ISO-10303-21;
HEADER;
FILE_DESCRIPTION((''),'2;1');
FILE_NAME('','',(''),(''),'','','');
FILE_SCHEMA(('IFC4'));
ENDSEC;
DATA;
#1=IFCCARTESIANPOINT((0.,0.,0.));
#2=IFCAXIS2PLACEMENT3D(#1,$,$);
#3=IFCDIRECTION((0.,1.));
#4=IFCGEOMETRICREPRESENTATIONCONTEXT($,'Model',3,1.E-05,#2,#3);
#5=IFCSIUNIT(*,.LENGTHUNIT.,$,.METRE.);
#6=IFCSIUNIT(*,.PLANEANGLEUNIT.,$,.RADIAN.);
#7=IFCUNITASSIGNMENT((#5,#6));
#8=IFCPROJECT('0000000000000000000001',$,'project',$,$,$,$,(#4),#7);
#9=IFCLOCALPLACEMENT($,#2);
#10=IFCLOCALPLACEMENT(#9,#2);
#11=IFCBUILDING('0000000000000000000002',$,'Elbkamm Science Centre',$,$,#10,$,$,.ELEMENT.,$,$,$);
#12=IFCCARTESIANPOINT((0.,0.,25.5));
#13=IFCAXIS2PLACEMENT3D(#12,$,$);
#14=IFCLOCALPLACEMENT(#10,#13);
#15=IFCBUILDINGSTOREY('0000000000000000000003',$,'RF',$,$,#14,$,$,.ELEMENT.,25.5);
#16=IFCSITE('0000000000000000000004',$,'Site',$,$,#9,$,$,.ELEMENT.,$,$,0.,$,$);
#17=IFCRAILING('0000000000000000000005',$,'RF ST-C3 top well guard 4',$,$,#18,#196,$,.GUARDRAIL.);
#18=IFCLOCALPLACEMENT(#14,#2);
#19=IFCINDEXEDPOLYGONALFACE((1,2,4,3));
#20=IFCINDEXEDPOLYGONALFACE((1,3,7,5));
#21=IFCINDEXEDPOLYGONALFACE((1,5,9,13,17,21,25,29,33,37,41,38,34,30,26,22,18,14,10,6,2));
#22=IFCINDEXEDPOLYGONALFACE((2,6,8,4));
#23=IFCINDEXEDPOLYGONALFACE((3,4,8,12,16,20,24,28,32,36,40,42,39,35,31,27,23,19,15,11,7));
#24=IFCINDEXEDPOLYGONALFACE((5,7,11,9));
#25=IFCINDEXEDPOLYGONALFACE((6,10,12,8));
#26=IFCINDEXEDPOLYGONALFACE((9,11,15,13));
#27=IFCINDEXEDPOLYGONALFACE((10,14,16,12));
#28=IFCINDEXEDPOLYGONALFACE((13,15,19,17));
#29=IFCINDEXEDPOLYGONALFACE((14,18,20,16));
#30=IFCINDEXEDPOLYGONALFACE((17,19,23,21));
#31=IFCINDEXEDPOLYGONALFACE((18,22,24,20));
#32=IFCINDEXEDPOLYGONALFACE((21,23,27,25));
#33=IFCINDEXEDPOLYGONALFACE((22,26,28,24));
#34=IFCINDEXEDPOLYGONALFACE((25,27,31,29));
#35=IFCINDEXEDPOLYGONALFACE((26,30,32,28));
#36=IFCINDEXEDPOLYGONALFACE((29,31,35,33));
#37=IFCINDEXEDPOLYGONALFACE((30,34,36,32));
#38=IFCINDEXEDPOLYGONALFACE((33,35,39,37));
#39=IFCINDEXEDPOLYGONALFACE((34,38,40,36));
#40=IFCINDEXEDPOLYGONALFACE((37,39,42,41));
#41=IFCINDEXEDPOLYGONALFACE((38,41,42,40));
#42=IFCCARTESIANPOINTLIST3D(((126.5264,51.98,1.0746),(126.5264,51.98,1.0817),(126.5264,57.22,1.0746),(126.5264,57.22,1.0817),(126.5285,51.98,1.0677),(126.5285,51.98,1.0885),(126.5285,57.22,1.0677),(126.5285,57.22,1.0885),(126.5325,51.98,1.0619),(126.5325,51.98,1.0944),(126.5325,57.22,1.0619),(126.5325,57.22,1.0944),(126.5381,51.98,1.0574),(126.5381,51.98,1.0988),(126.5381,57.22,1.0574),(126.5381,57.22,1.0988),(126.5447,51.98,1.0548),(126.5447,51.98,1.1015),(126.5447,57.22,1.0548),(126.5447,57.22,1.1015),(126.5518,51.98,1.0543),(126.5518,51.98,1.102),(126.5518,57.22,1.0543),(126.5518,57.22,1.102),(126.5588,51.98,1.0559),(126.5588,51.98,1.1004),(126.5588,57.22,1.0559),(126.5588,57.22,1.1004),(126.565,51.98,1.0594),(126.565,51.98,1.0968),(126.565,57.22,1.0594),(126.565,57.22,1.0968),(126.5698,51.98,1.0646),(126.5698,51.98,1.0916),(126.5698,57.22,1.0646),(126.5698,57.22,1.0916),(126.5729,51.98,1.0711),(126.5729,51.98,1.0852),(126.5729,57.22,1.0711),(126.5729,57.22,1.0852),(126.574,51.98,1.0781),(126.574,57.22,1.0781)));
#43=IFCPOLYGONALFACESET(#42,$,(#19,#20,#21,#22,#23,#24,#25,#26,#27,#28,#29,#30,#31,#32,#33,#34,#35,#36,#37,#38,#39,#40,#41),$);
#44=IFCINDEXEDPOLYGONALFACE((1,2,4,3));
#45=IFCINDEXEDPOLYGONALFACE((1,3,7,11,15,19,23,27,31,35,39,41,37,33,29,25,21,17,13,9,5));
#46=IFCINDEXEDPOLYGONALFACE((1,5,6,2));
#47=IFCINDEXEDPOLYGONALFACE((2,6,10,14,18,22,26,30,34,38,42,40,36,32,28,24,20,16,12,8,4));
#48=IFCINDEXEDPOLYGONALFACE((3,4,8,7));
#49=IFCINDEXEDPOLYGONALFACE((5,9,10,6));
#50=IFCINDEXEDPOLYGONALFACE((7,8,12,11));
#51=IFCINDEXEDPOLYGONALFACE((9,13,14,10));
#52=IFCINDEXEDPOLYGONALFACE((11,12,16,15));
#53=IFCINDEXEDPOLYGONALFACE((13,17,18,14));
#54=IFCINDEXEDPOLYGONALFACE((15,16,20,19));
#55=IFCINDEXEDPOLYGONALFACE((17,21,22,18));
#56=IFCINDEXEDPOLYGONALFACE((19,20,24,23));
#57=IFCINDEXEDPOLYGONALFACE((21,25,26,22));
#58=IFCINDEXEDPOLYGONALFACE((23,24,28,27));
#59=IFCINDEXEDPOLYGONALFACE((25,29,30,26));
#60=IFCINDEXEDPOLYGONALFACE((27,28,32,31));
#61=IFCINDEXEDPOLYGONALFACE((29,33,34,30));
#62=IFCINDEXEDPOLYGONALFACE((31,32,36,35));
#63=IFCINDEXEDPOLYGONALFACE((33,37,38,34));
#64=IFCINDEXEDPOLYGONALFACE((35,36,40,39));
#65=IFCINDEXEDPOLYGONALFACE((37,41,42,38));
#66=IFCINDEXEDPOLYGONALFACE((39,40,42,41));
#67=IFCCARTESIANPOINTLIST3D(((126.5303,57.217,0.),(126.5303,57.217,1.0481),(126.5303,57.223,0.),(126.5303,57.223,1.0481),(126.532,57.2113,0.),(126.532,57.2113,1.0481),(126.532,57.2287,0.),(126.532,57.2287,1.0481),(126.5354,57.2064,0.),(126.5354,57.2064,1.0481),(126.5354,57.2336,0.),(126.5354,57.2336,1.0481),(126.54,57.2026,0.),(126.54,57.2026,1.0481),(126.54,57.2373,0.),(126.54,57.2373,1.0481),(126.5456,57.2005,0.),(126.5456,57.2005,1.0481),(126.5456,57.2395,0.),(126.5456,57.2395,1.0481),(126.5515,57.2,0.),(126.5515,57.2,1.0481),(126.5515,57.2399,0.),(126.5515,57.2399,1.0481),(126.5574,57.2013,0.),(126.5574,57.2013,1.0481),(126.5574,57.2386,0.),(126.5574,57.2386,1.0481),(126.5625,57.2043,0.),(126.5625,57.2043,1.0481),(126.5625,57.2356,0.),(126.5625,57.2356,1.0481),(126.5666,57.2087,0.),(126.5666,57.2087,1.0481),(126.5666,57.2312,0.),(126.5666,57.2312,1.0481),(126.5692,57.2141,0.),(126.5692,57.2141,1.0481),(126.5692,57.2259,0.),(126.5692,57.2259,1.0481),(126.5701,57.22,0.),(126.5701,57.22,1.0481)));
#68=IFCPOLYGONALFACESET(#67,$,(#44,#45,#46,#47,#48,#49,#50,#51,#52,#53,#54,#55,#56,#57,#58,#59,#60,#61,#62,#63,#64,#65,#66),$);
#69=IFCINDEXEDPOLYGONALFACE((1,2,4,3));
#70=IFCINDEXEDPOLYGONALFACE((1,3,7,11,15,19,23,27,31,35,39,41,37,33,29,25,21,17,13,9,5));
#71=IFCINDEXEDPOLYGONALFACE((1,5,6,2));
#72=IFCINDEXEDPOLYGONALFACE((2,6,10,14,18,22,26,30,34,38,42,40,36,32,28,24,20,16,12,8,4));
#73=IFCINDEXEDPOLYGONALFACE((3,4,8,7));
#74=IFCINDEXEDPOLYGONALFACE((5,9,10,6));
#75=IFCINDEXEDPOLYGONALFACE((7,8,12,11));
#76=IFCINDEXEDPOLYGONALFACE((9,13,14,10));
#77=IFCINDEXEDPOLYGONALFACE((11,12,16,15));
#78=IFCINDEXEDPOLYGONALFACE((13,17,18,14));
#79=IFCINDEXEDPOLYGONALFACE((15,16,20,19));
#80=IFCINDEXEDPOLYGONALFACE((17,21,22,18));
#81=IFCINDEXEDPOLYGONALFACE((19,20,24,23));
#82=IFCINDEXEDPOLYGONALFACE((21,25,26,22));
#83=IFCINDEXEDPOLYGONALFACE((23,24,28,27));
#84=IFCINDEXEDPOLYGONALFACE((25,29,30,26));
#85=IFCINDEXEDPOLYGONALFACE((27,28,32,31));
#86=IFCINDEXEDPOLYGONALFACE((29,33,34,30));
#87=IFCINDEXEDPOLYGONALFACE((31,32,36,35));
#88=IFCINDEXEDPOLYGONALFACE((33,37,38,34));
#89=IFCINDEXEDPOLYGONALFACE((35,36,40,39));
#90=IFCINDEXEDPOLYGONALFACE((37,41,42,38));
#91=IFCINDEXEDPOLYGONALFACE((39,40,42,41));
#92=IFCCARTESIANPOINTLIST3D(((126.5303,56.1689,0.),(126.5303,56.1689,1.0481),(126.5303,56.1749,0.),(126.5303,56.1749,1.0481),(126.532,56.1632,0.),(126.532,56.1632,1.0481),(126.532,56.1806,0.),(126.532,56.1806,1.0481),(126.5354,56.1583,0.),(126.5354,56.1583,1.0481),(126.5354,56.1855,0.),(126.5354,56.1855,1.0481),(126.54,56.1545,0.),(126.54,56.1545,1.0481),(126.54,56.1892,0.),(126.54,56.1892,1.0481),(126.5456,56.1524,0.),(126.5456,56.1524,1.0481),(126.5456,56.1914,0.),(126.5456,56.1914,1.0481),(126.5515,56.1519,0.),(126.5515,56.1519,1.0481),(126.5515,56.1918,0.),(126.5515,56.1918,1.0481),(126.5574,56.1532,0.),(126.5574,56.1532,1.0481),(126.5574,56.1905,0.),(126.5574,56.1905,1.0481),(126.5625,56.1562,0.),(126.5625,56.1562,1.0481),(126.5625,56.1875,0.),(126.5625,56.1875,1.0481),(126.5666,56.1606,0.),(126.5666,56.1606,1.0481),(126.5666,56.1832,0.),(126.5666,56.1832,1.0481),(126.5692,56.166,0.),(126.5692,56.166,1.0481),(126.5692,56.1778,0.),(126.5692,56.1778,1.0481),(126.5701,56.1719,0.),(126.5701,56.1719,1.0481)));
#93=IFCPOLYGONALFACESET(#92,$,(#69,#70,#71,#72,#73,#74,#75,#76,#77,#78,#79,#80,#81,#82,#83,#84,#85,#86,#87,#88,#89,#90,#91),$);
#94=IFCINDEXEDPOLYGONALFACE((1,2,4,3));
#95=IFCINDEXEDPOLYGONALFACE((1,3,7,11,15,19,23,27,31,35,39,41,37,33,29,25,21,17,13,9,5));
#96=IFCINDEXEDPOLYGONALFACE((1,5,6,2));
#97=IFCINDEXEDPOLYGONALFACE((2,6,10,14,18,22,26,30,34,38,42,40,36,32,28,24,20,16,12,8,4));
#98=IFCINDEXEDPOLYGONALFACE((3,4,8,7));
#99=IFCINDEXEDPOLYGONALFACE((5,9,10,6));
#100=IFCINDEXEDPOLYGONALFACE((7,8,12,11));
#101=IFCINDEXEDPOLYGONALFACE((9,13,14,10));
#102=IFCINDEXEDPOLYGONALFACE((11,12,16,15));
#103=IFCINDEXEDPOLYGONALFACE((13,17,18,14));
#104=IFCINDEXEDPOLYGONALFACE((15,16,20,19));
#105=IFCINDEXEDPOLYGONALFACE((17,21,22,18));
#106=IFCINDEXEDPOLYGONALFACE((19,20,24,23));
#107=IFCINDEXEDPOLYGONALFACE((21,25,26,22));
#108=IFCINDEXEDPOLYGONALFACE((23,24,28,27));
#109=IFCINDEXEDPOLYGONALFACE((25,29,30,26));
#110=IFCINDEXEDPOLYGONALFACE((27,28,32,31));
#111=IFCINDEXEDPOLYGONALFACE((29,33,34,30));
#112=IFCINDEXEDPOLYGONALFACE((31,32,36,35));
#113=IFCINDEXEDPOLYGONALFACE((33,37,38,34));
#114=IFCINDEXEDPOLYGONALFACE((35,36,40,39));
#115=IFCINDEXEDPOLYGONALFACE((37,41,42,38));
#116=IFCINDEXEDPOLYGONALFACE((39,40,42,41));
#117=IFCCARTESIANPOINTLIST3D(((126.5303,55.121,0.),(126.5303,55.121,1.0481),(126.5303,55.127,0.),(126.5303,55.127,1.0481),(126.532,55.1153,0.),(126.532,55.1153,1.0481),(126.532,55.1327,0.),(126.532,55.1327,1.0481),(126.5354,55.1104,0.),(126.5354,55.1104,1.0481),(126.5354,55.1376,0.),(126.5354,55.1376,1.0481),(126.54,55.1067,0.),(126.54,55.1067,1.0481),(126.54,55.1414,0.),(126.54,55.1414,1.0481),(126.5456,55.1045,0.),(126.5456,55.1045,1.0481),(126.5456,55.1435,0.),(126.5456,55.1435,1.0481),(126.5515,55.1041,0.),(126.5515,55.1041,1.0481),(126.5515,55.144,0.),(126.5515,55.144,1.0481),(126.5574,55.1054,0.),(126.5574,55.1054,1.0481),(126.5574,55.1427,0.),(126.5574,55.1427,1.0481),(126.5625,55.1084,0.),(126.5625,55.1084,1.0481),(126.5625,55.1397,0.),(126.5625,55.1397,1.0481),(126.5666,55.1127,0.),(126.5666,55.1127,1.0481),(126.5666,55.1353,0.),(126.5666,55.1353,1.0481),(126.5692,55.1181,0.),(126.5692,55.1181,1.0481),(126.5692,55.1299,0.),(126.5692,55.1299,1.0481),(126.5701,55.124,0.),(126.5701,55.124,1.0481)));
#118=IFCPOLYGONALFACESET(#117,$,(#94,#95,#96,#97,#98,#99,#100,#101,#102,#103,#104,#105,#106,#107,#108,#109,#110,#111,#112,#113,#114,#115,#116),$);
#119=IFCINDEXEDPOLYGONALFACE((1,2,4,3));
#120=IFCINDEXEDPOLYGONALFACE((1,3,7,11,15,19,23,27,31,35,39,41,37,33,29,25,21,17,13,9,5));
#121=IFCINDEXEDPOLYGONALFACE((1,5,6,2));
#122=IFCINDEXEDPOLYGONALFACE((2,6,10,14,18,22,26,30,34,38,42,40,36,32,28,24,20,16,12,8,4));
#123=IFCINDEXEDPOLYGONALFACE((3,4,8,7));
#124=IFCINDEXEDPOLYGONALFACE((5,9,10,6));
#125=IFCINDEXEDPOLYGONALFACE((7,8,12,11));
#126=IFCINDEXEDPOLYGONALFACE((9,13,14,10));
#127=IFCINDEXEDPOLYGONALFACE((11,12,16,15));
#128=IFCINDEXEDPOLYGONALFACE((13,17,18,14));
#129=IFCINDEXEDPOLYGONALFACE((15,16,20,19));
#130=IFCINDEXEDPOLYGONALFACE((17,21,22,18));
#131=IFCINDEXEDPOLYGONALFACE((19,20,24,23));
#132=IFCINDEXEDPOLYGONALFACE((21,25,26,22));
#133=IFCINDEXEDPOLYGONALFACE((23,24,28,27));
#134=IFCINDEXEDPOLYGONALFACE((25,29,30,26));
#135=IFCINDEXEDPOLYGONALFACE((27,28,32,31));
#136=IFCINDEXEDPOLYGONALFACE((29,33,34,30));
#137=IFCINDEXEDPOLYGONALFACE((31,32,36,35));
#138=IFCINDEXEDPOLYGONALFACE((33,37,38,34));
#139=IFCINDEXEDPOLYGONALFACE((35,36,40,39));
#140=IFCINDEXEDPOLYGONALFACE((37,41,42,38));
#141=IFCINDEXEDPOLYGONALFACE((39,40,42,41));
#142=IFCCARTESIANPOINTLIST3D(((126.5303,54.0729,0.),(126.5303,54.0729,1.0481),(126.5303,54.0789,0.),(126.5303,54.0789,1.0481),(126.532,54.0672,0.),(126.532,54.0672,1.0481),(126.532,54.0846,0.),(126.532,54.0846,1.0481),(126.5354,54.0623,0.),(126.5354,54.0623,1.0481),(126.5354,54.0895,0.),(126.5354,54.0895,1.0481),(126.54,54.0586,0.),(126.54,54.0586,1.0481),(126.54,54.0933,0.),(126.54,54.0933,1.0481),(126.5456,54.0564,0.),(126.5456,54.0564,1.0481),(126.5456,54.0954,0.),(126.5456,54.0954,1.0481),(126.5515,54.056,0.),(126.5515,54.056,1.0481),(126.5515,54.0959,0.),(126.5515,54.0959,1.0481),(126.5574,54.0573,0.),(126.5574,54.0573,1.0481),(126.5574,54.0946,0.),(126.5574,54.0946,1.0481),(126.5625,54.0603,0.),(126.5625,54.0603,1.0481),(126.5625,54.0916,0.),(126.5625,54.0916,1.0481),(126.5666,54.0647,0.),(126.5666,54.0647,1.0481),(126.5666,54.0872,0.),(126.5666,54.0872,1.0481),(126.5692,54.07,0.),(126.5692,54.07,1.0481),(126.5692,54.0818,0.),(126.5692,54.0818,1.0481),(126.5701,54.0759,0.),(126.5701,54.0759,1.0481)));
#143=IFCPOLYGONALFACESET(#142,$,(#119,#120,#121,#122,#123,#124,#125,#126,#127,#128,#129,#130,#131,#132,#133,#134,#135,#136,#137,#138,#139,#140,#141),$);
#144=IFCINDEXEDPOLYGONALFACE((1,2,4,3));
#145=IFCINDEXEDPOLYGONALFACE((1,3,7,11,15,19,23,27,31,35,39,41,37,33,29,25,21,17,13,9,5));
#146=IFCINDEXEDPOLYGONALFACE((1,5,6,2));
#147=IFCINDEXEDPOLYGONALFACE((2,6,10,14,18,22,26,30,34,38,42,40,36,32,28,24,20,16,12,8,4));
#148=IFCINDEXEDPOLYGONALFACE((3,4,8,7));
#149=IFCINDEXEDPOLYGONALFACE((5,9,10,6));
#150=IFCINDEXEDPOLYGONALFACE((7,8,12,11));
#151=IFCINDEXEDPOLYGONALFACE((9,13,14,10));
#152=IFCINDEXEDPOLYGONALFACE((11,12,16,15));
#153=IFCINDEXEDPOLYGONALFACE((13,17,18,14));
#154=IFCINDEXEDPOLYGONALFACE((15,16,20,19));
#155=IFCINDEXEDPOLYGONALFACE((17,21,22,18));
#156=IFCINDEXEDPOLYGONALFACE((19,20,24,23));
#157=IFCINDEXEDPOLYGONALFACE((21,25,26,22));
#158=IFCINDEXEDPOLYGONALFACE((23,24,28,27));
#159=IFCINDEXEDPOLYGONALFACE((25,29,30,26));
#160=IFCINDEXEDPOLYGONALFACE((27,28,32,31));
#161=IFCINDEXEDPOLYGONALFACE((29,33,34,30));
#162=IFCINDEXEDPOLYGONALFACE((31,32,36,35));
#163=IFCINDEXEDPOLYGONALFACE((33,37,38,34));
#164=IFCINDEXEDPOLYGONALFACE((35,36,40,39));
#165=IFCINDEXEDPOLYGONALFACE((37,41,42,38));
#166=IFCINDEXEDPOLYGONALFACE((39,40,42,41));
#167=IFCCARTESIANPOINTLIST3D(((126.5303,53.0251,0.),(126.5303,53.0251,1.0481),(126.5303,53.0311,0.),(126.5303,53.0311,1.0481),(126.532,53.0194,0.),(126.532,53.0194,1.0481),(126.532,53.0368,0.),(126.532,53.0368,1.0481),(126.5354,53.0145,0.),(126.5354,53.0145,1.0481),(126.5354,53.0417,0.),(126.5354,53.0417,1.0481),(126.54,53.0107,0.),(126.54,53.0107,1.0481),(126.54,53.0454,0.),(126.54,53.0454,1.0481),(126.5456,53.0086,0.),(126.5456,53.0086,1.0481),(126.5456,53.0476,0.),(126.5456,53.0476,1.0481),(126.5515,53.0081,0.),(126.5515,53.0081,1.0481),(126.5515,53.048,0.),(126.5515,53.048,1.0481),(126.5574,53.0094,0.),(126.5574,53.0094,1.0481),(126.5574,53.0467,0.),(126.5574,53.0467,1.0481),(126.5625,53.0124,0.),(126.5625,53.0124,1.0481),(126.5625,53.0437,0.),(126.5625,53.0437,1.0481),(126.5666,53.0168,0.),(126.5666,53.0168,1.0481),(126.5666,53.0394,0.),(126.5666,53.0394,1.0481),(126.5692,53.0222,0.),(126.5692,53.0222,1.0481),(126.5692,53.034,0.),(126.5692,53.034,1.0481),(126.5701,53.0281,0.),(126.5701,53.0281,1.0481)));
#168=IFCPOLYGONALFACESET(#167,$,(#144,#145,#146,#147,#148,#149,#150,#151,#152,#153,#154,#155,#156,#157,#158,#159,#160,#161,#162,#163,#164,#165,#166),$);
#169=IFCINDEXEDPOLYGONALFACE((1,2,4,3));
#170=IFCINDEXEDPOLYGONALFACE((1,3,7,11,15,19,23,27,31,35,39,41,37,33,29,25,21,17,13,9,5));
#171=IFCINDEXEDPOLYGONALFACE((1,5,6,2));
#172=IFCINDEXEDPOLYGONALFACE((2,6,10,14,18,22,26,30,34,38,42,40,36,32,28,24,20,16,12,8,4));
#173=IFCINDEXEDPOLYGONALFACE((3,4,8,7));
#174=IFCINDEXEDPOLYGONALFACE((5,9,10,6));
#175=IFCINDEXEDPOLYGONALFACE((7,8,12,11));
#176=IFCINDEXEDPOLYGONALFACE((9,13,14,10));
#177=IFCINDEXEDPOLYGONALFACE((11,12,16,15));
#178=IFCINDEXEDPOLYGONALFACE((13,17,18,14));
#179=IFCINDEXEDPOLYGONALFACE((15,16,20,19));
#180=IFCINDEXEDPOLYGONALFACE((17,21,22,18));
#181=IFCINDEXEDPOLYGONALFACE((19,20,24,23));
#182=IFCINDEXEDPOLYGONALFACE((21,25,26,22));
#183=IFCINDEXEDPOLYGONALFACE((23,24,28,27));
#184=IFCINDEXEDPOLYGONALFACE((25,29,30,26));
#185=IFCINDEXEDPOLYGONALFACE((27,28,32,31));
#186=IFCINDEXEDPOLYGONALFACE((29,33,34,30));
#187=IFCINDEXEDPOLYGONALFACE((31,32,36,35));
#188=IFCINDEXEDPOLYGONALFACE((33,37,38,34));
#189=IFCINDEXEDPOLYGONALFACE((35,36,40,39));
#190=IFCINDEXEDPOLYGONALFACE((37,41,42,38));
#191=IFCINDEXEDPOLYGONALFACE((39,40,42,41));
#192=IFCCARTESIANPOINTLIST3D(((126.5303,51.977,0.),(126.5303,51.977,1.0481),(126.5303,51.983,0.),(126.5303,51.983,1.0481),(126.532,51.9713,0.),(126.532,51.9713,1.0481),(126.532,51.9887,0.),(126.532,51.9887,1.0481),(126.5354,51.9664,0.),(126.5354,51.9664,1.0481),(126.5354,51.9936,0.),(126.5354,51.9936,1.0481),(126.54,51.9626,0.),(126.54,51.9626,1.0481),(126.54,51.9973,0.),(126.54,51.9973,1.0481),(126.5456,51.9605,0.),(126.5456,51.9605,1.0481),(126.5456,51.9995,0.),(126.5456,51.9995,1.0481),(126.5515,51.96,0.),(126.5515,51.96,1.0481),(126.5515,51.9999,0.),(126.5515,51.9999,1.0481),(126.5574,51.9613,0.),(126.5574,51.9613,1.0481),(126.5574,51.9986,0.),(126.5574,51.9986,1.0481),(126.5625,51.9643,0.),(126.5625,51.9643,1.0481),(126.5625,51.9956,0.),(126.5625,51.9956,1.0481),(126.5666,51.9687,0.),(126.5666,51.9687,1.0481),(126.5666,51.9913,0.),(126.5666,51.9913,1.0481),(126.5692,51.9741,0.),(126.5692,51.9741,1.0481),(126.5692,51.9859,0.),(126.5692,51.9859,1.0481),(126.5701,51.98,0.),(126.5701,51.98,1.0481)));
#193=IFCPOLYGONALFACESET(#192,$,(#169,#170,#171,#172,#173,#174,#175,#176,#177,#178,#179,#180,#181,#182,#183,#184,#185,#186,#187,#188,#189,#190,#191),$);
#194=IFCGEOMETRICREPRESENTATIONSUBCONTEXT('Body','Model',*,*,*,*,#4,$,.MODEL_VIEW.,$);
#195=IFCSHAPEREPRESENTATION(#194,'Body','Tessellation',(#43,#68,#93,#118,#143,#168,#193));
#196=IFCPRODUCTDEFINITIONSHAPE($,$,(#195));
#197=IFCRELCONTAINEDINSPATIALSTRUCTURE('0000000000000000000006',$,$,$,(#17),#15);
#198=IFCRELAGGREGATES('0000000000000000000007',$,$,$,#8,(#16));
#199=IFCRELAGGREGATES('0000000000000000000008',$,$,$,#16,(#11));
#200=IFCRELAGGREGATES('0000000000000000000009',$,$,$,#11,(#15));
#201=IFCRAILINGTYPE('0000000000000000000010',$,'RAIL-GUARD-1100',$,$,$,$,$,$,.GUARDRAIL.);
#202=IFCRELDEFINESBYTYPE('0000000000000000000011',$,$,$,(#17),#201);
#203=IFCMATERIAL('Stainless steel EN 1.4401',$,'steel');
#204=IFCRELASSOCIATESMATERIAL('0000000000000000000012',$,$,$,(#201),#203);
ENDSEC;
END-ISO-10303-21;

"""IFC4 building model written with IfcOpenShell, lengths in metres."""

from ifc_helpers import new_model, si_unit, direction, frame, origin, origin_2d, place, context, subcontext, project, spatial, circle, extrude, material, type_object, element, save


model = new_model("IFC4")

# Units and contexts
model_context = context("Model", 3, precision=1e-05, world=origin(), true_north=direction((0.0, 1.0)))
body_context = subcontext(model_context, "Body", "Model", "MODEL_VIEW")
ifc_project = project(units=[si_unit("LENGTHUNIT", "METRE"), si_unit("PLANEANGLEUNIT", "RADIAN")], contexts=[model_context])

# Site, building, storey
site_placement = place(None, origin())
site = spatial("IfcSite", under=ifc_project, at=site_placement, Name="Site", CompositionType="ELEMENT", RefElevation=0.0)
building_placement = place(site_placement, origin())
building = spatial("IfcBuilding", under=site, at=building_placement, Name="Elbkamm Science Centre", CompositionType="ELEMENT")
storey_placement = place(building_placement, frame((0.0, 0.0, 25.5)))
storey = spatial("IfcBuildingStorey", under=building, at=storey_placement, Name="RF", CompositionType="ELEMENT", Elevation=25.5)

# Railing
ifc_material_1 = material(Name="Stainless steel EN 1.4401", Category="steel")
railing_type = type_object("IfcRailingType", Name="RAIL-GUARD-1100", PredefinedType="GUARDRAIL", material=ifc_material_1)
railing_1_placement = place(storey_placement, frame((126.55, 57.22, 0.0)))
element("IfcRailing", 1, at=railing_1_placement, inside=storey, type_object=railing_type, Name="RF ST-C3 top well guard 4", PredefinedType="GUARDRAIL", context=body_context, shape_type="SweptSolid", body=[
    extrude(circle(Radius=0.0239, at=origin_2d()), frame((0.0, 0.0, 1.0781), z_axis=(0.0, -1.0, 0.0), x_axis=(1.0, 0.0, 0.0)), (0.0, 0.0, 1.0), 5.24),
    extrude(circle(Radius=0.02, at=origin_2d()), origin(), (0.0, 0.0, 1.0), 1.0481),
    extrude(circle(Radius=0.02, at=origin_2d()), frame((0.0, -1.0481, 0.0)), (0.0, 0.0, 1.0), 1.0481),
    extrude(circle(Radius=0.02, at=origin_2d()), frame((0.0, -2.0959, 0.0)), (0.0, 0.0, 1.0), 1.0481),
    extrude(circle(Radius=0.02, at=origin_2d()), frame((0.0, -3.144, 0.0)), (0.0, 0.0, 1.0), 1.0481),
    extrude(circle(Radius=0.02, at=origin_2d()), frame((0.0, -4.1919, 0.0)), (0.0, 0.0, 1.0), 1.0481),
    extrude(circle(Radius=0.02, at=origin_2d()), frame((0.0, -5.24, 0.0)), (0.0, 0.0, 1.0), 1.0481),
])

save(model, "model.ifc")
